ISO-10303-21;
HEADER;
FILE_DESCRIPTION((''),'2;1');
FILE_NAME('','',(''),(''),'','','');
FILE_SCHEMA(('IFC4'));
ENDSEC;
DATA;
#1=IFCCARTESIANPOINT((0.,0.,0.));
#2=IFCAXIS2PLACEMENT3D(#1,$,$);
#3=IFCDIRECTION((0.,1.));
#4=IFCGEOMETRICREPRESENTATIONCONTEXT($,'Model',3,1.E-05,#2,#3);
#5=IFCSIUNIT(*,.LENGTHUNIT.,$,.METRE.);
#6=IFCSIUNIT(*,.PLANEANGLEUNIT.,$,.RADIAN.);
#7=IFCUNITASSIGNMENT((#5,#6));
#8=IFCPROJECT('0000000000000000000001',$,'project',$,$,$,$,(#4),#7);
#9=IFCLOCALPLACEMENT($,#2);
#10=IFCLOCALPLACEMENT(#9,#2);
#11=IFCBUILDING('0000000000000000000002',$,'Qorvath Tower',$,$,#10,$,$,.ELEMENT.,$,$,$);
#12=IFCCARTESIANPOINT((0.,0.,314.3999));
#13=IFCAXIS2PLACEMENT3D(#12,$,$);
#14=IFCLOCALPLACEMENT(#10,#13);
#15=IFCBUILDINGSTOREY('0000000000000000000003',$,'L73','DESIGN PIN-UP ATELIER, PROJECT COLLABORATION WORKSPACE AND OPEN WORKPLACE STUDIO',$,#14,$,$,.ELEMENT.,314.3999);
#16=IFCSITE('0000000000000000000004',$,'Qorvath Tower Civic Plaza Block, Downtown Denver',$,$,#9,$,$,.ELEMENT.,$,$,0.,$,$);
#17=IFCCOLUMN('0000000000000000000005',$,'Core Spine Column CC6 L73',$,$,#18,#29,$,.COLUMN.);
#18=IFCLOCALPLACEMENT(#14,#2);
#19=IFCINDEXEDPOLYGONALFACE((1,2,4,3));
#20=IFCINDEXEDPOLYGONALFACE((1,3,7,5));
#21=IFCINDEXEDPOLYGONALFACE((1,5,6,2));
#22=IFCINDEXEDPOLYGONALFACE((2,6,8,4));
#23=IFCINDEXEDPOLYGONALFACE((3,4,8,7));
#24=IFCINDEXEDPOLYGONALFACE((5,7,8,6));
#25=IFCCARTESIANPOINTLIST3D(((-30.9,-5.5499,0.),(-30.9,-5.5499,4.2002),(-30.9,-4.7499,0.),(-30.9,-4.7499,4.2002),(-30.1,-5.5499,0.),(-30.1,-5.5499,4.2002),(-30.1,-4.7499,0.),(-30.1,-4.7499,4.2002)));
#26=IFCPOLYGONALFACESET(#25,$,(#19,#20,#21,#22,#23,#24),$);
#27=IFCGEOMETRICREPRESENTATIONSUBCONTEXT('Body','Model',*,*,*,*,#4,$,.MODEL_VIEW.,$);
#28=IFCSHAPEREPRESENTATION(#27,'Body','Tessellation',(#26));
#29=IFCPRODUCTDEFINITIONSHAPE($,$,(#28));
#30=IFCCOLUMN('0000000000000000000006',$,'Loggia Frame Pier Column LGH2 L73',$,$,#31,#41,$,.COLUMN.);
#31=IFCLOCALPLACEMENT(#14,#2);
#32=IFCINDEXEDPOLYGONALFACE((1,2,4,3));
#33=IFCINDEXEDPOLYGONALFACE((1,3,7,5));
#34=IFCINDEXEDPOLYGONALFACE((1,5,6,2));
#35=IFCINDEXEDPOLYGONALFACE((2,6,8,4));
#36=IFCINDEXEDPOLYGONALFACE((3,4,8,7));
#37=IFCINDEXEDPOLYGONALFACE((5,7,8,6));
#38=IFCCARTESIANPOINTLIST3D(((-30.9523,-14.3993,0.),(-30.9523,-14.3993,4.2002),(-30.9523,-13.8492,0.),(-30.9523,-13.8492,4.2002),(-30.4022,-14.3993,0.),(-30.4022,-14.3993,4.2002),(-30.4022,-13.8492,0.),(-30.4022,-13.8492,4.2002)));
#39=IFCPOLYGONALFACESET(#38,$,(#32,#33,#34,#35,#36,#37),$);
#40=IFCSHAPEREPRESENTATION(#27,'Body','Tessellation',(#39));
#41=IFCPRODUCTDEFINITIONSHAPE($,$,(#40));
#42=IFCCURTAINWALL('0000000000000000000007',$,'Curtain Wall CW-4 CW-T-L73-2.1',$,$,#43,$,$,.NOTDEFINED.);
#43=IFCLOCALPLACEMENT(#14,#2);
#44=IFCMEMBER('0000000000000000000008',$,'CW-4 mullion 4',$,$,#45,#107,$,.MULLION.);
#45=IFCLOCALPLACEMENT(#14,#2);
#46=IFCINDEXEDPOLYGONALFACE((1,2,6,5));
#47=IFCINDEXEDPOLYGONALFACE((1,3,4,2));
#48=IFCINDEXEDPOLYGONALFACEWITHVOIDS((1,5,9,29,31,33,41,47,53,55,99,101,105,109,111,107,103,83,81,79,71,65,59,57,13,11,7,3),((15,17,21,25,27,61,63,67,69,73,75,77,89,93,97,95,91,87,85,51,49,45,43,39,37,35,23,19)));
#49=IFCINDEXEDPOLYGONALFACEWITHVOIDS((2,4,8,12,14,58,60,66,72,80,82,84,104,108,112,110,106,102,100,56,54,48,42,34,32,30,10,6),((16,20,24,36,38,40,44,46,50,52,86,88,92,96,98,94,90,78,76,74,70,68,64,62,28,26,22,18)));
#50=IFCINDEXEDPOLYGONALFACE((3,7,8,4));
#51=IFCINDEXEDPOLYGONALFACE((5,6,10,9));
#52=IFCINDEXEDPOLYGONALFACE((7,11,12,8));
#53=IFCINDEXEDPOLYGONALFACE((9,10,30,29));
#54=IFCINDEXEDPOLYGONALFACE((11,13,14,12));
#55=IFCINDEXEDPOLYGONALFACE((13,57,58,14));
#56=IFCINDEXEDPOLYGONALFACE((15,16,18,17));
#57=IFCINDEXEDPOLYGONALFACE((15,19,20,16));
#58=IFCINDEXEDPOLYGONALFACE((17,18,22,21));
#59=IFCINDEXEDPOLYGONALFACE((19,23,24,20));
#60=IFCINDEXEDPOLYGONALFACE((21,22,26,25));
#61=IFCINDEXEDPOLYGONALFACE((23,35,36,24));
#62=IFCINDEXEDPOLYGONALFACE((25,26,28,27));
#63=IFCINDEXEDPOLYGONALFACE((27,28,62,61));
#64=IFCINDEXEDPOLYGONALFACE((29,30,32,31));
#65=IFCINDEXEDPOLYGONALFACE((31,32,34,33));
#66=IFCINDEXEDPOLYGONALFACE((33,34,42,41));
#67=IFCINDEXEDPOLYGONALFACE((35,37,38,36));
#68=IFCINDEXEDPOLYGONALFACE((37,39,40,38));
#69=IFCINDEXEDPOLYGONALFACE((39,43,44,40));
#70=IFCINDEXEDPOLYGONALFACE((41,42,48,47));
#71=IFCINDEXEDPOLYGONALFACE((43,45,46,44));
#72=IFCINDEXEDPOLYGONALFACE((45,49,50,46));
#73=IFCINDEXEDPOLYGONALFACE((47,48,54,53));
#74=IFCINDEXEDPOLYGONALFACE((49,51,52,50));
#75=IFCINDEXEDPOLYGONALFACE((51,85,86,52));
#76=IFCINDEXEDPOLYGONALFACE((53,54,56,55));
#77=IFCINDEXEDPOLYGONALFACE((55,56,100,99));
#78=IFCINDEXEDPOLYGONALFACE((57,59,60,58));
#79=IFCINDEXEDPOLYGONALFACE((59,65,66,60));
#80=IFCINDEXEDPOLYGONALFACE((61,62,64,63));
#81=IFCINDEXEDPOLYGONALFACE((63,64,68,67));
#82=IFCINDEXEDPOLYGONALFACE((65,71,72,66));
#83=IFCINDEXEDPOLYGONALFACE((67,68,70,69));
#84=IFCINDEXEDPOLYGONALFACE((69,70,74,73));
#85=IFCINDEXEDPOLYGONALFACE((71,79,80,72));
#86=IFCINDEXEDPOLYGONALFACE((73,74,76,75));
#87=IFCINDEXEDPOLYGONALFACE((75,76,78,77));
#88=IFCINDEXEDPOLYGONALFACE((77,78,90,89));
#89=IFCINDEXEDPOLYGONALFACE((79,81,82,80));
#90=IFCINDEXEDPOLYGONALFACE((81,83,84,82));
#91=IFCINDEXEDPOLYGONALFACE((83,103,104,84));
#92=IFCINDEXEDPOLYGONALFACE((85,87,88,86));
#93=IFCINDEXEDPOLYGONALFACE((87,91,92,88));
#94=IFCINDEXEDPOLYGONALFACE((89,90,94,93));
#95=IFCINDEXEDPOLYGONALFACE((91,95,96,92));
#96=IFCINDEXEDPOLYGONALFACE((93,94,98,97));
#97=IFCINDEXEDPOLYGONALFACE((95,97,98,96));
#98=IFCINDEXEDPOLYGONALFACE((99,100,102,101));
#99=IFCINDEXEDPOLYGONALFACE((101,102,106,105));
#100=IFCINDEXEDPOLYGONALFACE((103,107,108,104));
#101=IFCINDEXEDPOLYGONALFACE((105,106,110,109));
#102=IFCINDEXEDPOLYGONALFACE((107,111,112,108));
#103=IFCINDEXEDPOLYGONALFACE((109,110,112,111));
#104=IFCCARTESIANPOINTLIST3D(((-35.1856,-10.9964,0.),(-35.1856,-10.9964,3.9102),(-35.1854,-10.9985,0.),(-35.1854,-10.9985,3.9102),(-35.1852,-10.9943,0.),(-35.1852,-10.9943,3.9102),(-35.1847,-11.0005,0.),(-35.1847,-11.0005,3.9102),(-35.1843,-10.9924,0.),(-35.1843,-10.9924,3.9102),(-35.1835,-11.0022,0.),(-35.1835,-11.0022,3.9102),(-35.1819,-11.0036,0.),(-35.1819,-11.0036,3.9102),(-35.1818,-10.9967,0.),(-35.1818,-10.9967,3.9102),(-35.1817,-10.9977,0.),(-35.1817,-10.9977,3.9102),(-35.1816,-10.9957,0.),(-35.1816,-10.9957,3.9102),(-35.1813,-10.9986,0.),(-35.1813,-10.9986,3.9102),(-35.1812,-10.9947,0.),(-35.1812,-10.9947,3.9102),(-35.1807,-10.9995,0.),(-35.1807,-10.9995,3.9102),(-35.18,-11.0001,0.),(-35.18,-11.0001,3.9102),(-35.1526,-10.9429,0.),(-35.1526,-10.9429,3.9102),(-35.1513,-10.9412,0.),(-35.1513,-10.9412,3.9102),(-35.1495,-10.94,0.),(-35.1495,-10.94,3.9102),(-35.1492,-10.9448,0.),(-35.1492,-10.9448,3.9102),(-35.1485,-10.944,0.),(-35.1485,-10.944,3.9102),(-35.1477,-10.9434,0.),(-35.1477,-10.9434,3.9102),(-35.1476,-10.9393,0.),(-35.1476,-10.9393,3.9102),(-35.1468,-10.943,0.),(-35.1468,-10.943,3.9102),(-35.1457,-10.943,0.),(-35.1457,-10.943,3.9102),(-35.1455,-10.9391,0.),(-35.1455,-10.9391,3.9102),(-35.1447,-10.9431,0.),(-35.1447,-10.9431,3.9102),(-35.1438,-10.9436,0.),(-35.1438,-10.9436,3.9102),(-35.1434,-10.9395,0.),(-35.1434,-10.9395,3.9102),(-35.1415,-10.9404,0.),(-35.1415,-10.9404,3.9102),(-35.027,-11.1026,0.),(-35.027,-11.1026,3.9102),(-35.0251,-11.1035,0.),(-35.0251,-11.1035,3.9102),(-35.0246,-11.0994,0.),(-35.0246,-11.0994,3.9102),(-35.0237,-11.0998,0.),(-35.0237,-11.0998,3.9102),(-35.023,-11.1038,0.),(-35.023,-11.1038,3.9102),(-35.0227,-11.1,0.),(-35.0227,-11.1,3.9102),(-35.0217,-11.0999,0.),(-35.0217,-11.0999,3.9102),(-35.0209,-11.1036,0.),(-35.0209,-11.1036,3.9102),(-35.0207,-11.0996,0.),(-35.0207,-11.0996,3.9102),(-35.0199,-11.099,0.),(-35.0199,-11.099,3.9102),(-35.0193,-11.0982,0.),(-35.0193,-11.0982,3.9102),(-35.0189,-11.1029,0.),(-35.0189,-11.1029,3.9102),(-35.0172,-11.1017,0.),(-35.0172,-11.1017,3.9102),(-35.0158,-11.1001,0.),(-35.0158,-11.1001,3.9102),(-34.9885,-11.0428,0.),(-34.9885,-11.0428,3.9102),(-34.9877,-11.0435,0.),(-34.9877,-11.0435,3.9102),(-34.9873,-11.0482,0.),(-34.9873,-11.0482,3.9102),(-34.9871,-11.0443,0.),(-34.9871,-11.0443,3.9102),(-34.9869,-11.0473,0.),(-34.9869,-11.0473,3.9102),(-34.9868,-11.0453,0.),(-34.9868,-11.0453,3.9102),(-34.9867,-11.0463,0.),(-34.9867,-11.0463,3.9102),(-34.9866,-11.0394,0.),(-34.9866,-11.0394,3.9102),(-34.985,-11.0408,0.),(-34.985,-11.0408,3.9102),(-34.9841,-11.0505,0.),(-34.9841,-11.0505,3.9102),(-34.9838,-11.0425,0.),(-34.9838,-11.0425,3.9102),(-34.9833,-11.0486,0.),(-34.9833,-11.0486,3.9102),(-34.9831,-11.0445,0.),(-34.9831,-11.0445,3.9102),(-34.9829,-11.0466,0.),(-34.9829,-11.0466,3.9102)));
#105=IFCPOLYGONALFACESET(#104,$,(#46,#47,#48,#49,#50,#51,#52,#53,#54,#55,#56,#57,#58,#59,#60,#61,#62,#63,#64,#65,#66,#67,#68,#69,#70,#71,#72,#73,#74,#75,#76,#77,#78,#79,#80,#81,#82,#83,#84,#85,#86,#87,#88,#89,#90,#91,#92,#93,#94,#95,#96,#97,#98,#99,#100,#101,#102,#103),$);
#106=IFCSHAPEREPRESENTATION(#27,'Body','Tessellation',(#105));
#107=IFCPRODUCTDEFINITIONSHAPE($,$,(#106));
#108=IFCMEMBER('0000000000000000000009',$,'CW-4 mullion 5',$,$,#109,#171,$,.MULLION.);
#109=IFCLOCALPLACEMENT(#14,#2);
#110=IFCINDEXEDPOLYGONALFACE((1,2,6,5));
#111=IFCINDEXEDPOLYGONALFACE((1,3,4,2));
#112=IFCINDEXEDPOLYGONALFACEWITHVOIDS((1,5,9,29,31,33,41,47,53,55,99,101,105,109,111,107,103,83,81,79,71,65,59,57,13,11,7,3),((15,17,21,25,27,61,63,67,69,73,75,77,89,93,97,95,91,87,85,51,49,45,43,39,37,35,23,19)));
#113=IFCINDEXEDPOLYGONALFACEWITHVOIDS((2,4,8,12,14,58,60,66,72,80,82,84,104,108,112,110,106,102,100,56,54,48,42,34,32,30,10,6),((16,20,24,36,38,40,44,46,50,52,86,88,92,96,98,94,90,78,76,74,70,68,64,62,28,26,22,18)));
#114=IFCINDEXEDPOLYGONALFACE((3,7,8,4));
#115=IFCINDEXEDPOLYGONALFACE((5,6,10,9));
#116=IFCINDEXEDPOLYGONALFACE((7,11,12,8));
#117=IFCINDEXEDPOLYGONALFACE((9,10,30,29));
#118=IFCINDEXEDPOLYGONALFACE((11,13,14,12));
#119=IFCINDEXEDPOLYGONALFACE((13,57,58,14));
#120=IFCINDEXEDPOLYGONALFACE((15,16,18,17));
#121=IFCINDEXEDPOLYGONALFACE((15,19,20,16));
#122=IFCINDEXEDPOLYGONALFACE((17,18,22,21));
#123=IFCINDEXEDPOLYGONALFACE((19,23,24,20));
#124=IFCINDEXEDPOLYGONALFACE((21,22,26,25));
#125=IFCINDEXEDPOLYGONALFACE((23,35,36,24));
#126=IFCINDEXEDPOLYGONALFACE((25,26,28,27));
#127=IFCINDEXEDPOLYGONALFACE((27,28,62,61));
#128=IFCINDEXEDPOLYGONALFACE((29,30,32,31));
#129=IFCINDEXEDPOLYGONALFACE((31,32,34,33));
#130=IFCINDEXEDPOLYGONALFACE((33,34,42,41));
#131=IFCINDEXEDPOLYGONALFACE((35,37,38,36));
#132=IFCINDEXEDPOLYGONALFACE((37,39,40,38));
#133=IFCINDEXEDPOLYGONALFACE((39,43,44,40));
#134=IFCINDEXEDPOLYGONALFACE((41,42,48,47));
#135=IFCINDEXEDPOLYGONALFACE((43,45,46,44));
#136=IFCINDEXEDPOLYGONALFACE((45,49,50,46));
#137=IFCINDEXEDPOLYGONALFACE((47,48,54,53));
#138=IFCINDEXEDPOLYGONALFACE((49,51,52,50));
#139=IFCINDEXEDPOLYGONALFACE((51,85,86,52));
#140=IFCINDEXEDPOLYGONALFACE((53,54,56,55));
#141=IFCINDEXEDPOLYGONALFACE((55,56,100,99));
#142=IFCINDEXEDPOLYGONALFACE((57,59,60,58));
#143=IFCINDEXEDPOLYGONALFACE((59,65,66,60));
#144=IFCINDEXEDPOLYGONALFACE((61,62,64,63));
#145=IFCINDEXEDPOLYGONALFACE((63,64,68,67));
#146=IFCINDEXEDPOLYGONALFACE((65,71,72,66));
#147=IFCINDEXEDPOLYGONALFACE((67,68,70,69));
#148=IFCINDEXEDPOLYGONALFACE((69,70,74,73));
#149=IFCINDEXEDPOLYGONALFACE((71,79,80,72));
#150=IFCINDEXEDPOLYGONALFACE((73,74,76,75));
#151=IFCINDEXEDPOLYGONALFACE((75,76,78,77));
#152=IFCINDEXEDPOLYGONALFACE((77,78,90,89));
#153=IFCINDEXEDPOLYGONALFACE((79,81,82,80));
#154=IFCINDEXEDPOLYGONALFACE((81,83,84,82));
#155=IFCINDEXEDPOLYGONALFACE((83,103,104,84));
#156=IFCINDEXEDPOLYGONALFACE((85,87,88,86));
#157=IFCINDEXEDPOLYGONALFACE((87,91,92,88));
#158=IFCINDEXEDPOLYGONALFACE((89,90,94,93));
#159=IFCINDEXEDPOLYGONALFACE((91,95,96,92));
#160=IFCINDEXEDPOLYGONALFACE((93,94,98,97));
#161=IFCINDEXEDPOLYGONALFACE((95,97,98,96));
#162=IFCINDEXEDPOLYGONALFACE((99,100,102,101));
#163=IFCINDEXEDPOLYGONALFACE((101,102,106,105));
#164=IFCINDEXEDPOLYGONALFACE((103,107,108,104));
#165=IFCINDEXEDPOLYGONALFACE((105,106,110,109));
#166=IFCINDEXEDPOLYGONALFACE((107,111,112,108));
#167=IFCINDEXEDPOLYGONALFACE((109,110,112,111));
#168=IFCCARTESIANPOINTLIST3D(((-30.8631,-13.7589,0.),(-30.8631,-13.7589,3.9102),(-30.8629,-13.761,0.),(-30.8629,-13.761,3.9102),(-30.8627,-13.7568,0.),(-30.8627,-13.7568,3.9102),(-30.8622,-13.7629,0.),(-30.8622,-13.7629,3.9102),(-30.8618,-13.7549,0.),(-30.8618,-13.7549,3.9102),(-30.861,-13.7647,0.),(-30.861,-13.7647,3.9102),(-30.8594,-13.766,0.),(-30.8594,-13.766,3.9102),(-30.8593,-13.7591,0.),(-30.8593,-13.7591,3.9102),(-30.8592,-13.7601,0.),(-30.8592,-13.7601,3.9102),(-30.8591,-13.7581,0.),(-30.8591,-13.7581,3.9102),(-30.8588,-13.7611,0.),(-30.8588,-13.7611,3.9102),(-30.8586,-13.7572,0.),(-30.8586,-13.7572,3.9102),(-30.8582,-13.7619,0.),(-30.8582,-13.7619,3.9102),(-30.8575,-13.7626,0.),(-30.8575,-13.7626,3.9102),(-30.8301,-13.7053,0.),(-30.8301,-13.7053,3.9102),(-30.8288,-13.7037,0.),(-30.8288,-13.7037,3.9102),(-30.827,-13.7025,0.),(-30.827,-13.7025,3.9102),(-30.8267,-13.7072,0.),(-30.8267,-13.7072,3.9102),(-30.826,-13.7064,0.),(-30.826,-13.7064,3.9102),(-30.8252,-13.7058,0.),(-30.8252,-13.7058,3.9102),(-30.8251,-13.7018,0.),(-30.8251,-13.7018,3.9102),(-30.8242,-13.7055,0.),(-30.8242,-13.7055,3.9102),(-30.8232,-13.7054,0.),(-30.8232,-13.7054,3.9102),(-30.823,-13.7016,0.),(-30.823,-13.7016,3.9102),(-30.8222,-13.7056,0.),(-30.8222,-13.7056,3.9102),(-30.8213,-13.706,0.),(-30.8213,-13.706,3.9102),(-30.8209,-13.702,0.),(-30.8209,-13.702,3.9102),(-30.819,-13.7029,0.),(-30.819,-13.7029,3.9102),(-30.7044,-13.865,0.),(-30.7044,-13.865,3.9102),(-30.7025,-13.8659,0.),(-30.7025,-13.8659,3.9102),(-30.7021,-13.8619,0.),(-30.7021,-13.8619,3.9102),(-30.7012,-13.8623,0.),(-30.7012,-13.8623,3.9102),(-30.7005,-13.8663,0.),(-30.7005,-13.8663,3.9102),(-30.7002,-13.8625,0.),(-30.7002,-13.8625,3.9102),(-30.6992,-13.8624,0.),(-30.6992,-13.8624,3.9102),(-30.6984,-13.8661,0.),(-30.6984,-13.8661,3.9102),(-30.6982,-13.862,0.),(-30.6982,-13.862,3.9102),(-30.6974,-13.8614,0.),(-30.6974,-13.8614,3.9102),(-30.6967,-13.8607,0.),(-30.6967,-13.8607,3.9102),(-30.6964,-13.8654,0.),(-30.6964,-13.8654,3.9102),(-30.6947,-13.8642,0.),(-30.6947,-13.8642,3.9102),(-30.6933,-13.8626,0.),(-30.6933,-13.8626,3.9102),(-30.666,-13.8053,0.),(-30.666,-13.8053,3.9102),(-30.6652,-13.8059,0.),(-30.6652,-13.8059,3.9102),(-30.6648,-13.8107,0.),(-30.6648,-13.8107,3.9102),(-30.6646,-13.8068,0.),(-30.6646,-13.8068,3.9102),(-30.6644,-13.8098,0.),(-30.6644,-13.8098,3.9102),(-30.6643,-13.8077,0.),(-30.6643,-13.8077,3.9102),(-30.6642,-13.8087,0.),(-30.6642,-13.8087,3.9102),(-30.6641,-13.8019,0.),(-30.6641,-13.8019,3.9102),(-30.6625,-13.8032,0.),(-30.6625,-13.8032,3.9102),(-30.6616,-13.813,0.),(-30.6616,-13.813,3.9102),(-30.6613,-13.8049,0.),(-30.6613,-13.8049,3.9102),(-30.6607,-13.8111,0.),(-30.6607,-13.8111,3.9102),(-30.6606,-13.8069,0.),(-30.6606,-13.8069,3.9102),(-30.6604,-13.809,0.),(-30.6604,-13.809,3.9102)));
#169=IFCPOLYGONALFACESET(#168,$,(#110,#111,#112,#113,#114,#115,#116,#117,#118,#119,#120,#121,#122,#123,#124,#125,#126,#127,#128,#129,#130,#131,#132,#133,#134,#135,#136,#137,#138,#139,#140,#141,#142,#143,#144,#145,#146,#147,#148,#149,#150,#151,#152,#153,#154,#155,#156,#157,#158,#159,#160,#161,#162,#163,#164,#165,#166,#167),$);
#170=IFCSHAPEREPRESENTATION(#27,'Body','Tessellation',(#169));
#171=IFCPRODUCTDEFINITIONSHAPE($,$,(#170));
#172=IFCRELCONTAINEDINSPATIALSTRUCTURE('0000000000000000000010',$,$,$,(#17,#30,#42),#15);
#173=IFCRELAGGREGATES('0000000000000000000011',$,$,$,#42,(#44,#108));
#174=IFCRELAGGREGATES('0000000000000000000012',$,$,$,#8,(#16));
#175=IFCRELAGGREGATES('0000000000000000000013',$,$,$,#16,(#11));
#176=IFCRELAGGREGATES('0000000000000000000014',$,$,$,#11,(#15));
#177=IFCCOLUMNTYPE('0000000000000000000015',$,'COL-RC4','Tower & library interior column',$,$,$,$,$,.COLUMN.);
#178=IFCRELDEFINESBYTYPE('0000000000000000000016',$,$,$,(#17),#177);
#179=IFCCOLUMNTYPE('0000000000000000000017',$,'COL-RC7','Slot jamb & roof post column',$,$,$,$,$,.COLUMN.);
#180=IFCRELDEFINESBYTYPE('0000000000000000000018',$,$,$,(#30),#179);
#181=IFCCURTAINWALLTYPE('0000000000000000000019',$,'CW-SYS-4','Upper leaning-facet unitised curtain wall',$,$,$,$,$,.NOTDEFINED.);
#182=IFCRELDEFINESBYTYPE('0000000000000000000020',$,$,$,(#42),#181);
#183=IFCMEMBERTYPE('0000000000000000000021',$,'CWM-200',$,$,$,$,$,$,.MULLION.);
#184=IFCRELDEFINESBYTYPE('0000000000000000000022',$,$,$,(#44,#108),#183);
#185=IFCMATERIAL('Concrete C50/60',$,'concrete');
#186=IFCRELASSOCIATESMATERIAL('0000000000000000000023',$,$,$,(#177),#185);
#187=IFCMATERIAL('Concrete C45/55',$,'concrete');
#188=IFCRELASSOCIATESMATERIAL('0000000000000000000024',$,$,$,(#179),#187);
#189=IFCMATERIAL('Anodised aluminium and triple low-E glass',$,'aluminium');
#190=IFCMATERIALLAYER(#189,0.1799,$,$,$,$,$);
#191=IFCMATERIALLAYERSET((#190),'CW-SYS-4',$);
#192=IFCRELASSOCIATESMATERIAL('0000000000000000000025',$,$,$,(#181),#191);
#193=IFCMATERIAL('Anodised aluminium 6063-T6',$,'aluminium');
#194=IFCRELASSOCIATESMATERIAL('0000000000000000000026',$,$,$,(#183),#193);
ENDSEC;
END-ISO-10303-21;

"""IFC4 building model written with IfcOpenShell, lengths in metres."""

from ifc_helpers import new_model, si_unit, direction, frame, origin, origin_2d, place, context, subcontext, project, spatial, rectangle, hollow_rectangle, extrude, material, layer, layer_set, material_profile, profile_set, type_object, element, aggregate, save


model = new_model("IFC4")

# Units and contexts
model_context = context("Model", 3, precision=1e-05, world=origin(), true_north=direction((0.0, 1.0)))
body_context = subcontext(model_context, "Body", "Model", "MODEL_VIEW")
ifc_project = project(units=[si_unit("LENGTHUNIT", "METRE"), si_unit("PLANEANGLEUNIT", "RADIAN")], contexts=[model_context])

# Site, building, storey
site_placement = place(None, origin())
site = spatial("IfcSite", under=ifc_project, at=site_placement, Name="Qorvath Tower Civic Plaza Block, Downtown Denver", CompositionType="ELEMENT", RefElevation=0.0)
building_placement = place(site_placement, origin())
building = spatial("IfcBuilding", under=site, at=building_placement, Name="Qorvath Tower", CompositionType="ELEMENT")
storey_placement = place(building_placement, frame((0.0, 0.0, 314.3999)))
storey = spatial("IfcBuildingStorey", under=building, at=storey_placement, Name="L73", Description="DESIGN PIN-UP ATELIER, PROJECT COLLABORATION WORKSPACE AND OPEN WORKPLACE STUDIO", CompositionType="ELEMENT", Elevation=314.3999)

# Columns
ifc_material_1 = material(Name="Concrete C50/60", Category="concrete")
ifc_material_profile_1 = material_profile(ifc_material_1, rectangle(XDim=0.8, YDim=0.8, at=origin_2d()), Name="RC 800x800")
ifc_profile_set_1 = profile_set([ifc_material_profile_1], Name="Concrete C50/60")
column_type_1 = type_object("IfcColumnType", Name="COL-RC4", Description="Tower & library interior column", PredefinedType="COLUMN", material=ifc_profile_set_1)
column_1_placement = place(storey_placement, frame((-30.5, -5.1499, 0.0), z_axis=(0.0, 0.0, 1.0), x_axis=(1.0, 0.0, 0.0)))
element("IfcColumn", 1, at=column_1_placement, inside=storey, type_object=column_type_1, Name="Core Spine Column CC6 L73", PredefinedType="COLUMN", context=body_context, shape_type="SweptSolid", body=[
    extrude(rectangle(XDim=0.8, YDim=0.8, at=origin_2d()), origin(), (0.0, 0.0, 1.0), 4.2002),
])
ifc_material_2 = material(Name="Concrete C45/55", Category="concrete")
ifc_material_profile_2 = material_profile(ifc_material_2, rectangle(XDim=0.55, YDim=0.55, at=origin_2d()), Name="RC 550x550")
ifc_profile_set_2 = profile_set([ifc_material_profile_2], Name="Concrete C45/55")
column_type_2 = type_object("IfcColumnType", Name="COL-RC7", Description="Slot jamb & roof post column", PredefinedType="COLUMN", material=ifc_profile_set_2)
column_2_placement = place(storey_placement, frame((-30.6772, -14.1243, 0.0), z_axis=(0.0, 0.0, 1.0), x_axis=(1.0, 0.0, 0.0)))
element("IfcColumn", 2, at=column_2_placement, inside=storey, type_object=column_type_2, Name="Loggia Frame Pier Column LGH2 L73", PredefinedType="COLUMN", context=body_context, shape_type="SweptSolid", body=[
    extrude(rectangle(XDim=0.55, YDim=0.55, at=origin_2d()), origin(), (0.0, 0.0, 1.0), 4.2002),
])

# Curtain wall, members
ifc_material_3 = material(Name="Anodised aluminium and triple low-E glass", Category="aluminium")
ifc_layer_1 = layer(ifc_material_3, 0.1799)
ifc_layer_set_1 = layer_set([ifc_layer_1], Name="CW-SYS-4")
curtain_wall_type = type_object("IfcCurtainWallType", Name="CW-SYS-4", Description="Upper leaning-facet unitised curtain wall", PredefinedType="NOTDEFINED", material=ifc_layer_set_1)
curtain_wall_placement = place(storey_placement, origin())
curtain_wall = element("IfcCurtainWall", 3, at=curtain_wall_placement, inside=storey, type_object=curtain_wall_type, Name="Curtain Wall CW-4 CW-T-L73-2.1", PredefinedType="NOTDEFINED")
ifc_material_4 = material(Name="Anodised aluminium 6063-T6", Category="aluminium")
ifc_material_profile_3 = material_profile(ifc_material_4, hollow_rectangle(XDim=0.075, YDim=0.2, WallThickness=0.0039, InnerFilletRadius=0.0039, OuterFilletRadius=0.0081, at=origin_2d()), Name="CWM 200x75")
ifc_profile_set_3 = profile_set([ifc_material_profile_3], Name="Anodised aluminium 6063-T6")
member_type_1 = type_object("IfcMemberType", Name="CWM-200", PredefinedType="MULLION", material=ifc_profile_set_3)
member_1_placement = place(storey_placement, frame((-35.0842, -11.0215, 0.0), z_axis=(0.0, 0.0, 1.0), x_axis=(0.53853, 0.842606, 0.0)))
member_1 = element("IfcMember", 4, at=member_1_placement, type_object=member_type_1, Name="CW-4 mullion 4", PredefinedType="MULLION", context=body_context, shape_type="SweptSolid", body=[
    extrude(hollow_rectangle(XDim=0.075, YDim=0.2, WallThickness=0.0039, InnerFilletRadius=0.0039, OuterFilletRadius=0.0081, at=origin_2d()), origin(), (0.0, 0.0, 1.0), 3.9102),
])
member_2_placement = place(storey_placement, frame((-30.7617, -13.7839, 0.0), z_axis=(0.0, 0.0, 1.0), x_axis=(0.53853, 0.842606, 0.0)))
member_2 = element("IfcMember", 5, at=member_2_placement, type_object=member_type_1, Name="CW-4 mullion 5", PredefinedType="MULLION", context=body_context, shape_type="SweptSolid", body=[
    extrude(hollow_rectangle(XDim=0.075, YDim=0.2, WallThickness=0.0039, InnerFilletRadius=0.0039, OuterFilletRadius=0.0081, at=origin_2d()), origin(), (0.0, 0.0, 1.0), 3.9102),
])
aggregate(curtain_wall, [member_1, member_2])

save(model, "model.ifc")
